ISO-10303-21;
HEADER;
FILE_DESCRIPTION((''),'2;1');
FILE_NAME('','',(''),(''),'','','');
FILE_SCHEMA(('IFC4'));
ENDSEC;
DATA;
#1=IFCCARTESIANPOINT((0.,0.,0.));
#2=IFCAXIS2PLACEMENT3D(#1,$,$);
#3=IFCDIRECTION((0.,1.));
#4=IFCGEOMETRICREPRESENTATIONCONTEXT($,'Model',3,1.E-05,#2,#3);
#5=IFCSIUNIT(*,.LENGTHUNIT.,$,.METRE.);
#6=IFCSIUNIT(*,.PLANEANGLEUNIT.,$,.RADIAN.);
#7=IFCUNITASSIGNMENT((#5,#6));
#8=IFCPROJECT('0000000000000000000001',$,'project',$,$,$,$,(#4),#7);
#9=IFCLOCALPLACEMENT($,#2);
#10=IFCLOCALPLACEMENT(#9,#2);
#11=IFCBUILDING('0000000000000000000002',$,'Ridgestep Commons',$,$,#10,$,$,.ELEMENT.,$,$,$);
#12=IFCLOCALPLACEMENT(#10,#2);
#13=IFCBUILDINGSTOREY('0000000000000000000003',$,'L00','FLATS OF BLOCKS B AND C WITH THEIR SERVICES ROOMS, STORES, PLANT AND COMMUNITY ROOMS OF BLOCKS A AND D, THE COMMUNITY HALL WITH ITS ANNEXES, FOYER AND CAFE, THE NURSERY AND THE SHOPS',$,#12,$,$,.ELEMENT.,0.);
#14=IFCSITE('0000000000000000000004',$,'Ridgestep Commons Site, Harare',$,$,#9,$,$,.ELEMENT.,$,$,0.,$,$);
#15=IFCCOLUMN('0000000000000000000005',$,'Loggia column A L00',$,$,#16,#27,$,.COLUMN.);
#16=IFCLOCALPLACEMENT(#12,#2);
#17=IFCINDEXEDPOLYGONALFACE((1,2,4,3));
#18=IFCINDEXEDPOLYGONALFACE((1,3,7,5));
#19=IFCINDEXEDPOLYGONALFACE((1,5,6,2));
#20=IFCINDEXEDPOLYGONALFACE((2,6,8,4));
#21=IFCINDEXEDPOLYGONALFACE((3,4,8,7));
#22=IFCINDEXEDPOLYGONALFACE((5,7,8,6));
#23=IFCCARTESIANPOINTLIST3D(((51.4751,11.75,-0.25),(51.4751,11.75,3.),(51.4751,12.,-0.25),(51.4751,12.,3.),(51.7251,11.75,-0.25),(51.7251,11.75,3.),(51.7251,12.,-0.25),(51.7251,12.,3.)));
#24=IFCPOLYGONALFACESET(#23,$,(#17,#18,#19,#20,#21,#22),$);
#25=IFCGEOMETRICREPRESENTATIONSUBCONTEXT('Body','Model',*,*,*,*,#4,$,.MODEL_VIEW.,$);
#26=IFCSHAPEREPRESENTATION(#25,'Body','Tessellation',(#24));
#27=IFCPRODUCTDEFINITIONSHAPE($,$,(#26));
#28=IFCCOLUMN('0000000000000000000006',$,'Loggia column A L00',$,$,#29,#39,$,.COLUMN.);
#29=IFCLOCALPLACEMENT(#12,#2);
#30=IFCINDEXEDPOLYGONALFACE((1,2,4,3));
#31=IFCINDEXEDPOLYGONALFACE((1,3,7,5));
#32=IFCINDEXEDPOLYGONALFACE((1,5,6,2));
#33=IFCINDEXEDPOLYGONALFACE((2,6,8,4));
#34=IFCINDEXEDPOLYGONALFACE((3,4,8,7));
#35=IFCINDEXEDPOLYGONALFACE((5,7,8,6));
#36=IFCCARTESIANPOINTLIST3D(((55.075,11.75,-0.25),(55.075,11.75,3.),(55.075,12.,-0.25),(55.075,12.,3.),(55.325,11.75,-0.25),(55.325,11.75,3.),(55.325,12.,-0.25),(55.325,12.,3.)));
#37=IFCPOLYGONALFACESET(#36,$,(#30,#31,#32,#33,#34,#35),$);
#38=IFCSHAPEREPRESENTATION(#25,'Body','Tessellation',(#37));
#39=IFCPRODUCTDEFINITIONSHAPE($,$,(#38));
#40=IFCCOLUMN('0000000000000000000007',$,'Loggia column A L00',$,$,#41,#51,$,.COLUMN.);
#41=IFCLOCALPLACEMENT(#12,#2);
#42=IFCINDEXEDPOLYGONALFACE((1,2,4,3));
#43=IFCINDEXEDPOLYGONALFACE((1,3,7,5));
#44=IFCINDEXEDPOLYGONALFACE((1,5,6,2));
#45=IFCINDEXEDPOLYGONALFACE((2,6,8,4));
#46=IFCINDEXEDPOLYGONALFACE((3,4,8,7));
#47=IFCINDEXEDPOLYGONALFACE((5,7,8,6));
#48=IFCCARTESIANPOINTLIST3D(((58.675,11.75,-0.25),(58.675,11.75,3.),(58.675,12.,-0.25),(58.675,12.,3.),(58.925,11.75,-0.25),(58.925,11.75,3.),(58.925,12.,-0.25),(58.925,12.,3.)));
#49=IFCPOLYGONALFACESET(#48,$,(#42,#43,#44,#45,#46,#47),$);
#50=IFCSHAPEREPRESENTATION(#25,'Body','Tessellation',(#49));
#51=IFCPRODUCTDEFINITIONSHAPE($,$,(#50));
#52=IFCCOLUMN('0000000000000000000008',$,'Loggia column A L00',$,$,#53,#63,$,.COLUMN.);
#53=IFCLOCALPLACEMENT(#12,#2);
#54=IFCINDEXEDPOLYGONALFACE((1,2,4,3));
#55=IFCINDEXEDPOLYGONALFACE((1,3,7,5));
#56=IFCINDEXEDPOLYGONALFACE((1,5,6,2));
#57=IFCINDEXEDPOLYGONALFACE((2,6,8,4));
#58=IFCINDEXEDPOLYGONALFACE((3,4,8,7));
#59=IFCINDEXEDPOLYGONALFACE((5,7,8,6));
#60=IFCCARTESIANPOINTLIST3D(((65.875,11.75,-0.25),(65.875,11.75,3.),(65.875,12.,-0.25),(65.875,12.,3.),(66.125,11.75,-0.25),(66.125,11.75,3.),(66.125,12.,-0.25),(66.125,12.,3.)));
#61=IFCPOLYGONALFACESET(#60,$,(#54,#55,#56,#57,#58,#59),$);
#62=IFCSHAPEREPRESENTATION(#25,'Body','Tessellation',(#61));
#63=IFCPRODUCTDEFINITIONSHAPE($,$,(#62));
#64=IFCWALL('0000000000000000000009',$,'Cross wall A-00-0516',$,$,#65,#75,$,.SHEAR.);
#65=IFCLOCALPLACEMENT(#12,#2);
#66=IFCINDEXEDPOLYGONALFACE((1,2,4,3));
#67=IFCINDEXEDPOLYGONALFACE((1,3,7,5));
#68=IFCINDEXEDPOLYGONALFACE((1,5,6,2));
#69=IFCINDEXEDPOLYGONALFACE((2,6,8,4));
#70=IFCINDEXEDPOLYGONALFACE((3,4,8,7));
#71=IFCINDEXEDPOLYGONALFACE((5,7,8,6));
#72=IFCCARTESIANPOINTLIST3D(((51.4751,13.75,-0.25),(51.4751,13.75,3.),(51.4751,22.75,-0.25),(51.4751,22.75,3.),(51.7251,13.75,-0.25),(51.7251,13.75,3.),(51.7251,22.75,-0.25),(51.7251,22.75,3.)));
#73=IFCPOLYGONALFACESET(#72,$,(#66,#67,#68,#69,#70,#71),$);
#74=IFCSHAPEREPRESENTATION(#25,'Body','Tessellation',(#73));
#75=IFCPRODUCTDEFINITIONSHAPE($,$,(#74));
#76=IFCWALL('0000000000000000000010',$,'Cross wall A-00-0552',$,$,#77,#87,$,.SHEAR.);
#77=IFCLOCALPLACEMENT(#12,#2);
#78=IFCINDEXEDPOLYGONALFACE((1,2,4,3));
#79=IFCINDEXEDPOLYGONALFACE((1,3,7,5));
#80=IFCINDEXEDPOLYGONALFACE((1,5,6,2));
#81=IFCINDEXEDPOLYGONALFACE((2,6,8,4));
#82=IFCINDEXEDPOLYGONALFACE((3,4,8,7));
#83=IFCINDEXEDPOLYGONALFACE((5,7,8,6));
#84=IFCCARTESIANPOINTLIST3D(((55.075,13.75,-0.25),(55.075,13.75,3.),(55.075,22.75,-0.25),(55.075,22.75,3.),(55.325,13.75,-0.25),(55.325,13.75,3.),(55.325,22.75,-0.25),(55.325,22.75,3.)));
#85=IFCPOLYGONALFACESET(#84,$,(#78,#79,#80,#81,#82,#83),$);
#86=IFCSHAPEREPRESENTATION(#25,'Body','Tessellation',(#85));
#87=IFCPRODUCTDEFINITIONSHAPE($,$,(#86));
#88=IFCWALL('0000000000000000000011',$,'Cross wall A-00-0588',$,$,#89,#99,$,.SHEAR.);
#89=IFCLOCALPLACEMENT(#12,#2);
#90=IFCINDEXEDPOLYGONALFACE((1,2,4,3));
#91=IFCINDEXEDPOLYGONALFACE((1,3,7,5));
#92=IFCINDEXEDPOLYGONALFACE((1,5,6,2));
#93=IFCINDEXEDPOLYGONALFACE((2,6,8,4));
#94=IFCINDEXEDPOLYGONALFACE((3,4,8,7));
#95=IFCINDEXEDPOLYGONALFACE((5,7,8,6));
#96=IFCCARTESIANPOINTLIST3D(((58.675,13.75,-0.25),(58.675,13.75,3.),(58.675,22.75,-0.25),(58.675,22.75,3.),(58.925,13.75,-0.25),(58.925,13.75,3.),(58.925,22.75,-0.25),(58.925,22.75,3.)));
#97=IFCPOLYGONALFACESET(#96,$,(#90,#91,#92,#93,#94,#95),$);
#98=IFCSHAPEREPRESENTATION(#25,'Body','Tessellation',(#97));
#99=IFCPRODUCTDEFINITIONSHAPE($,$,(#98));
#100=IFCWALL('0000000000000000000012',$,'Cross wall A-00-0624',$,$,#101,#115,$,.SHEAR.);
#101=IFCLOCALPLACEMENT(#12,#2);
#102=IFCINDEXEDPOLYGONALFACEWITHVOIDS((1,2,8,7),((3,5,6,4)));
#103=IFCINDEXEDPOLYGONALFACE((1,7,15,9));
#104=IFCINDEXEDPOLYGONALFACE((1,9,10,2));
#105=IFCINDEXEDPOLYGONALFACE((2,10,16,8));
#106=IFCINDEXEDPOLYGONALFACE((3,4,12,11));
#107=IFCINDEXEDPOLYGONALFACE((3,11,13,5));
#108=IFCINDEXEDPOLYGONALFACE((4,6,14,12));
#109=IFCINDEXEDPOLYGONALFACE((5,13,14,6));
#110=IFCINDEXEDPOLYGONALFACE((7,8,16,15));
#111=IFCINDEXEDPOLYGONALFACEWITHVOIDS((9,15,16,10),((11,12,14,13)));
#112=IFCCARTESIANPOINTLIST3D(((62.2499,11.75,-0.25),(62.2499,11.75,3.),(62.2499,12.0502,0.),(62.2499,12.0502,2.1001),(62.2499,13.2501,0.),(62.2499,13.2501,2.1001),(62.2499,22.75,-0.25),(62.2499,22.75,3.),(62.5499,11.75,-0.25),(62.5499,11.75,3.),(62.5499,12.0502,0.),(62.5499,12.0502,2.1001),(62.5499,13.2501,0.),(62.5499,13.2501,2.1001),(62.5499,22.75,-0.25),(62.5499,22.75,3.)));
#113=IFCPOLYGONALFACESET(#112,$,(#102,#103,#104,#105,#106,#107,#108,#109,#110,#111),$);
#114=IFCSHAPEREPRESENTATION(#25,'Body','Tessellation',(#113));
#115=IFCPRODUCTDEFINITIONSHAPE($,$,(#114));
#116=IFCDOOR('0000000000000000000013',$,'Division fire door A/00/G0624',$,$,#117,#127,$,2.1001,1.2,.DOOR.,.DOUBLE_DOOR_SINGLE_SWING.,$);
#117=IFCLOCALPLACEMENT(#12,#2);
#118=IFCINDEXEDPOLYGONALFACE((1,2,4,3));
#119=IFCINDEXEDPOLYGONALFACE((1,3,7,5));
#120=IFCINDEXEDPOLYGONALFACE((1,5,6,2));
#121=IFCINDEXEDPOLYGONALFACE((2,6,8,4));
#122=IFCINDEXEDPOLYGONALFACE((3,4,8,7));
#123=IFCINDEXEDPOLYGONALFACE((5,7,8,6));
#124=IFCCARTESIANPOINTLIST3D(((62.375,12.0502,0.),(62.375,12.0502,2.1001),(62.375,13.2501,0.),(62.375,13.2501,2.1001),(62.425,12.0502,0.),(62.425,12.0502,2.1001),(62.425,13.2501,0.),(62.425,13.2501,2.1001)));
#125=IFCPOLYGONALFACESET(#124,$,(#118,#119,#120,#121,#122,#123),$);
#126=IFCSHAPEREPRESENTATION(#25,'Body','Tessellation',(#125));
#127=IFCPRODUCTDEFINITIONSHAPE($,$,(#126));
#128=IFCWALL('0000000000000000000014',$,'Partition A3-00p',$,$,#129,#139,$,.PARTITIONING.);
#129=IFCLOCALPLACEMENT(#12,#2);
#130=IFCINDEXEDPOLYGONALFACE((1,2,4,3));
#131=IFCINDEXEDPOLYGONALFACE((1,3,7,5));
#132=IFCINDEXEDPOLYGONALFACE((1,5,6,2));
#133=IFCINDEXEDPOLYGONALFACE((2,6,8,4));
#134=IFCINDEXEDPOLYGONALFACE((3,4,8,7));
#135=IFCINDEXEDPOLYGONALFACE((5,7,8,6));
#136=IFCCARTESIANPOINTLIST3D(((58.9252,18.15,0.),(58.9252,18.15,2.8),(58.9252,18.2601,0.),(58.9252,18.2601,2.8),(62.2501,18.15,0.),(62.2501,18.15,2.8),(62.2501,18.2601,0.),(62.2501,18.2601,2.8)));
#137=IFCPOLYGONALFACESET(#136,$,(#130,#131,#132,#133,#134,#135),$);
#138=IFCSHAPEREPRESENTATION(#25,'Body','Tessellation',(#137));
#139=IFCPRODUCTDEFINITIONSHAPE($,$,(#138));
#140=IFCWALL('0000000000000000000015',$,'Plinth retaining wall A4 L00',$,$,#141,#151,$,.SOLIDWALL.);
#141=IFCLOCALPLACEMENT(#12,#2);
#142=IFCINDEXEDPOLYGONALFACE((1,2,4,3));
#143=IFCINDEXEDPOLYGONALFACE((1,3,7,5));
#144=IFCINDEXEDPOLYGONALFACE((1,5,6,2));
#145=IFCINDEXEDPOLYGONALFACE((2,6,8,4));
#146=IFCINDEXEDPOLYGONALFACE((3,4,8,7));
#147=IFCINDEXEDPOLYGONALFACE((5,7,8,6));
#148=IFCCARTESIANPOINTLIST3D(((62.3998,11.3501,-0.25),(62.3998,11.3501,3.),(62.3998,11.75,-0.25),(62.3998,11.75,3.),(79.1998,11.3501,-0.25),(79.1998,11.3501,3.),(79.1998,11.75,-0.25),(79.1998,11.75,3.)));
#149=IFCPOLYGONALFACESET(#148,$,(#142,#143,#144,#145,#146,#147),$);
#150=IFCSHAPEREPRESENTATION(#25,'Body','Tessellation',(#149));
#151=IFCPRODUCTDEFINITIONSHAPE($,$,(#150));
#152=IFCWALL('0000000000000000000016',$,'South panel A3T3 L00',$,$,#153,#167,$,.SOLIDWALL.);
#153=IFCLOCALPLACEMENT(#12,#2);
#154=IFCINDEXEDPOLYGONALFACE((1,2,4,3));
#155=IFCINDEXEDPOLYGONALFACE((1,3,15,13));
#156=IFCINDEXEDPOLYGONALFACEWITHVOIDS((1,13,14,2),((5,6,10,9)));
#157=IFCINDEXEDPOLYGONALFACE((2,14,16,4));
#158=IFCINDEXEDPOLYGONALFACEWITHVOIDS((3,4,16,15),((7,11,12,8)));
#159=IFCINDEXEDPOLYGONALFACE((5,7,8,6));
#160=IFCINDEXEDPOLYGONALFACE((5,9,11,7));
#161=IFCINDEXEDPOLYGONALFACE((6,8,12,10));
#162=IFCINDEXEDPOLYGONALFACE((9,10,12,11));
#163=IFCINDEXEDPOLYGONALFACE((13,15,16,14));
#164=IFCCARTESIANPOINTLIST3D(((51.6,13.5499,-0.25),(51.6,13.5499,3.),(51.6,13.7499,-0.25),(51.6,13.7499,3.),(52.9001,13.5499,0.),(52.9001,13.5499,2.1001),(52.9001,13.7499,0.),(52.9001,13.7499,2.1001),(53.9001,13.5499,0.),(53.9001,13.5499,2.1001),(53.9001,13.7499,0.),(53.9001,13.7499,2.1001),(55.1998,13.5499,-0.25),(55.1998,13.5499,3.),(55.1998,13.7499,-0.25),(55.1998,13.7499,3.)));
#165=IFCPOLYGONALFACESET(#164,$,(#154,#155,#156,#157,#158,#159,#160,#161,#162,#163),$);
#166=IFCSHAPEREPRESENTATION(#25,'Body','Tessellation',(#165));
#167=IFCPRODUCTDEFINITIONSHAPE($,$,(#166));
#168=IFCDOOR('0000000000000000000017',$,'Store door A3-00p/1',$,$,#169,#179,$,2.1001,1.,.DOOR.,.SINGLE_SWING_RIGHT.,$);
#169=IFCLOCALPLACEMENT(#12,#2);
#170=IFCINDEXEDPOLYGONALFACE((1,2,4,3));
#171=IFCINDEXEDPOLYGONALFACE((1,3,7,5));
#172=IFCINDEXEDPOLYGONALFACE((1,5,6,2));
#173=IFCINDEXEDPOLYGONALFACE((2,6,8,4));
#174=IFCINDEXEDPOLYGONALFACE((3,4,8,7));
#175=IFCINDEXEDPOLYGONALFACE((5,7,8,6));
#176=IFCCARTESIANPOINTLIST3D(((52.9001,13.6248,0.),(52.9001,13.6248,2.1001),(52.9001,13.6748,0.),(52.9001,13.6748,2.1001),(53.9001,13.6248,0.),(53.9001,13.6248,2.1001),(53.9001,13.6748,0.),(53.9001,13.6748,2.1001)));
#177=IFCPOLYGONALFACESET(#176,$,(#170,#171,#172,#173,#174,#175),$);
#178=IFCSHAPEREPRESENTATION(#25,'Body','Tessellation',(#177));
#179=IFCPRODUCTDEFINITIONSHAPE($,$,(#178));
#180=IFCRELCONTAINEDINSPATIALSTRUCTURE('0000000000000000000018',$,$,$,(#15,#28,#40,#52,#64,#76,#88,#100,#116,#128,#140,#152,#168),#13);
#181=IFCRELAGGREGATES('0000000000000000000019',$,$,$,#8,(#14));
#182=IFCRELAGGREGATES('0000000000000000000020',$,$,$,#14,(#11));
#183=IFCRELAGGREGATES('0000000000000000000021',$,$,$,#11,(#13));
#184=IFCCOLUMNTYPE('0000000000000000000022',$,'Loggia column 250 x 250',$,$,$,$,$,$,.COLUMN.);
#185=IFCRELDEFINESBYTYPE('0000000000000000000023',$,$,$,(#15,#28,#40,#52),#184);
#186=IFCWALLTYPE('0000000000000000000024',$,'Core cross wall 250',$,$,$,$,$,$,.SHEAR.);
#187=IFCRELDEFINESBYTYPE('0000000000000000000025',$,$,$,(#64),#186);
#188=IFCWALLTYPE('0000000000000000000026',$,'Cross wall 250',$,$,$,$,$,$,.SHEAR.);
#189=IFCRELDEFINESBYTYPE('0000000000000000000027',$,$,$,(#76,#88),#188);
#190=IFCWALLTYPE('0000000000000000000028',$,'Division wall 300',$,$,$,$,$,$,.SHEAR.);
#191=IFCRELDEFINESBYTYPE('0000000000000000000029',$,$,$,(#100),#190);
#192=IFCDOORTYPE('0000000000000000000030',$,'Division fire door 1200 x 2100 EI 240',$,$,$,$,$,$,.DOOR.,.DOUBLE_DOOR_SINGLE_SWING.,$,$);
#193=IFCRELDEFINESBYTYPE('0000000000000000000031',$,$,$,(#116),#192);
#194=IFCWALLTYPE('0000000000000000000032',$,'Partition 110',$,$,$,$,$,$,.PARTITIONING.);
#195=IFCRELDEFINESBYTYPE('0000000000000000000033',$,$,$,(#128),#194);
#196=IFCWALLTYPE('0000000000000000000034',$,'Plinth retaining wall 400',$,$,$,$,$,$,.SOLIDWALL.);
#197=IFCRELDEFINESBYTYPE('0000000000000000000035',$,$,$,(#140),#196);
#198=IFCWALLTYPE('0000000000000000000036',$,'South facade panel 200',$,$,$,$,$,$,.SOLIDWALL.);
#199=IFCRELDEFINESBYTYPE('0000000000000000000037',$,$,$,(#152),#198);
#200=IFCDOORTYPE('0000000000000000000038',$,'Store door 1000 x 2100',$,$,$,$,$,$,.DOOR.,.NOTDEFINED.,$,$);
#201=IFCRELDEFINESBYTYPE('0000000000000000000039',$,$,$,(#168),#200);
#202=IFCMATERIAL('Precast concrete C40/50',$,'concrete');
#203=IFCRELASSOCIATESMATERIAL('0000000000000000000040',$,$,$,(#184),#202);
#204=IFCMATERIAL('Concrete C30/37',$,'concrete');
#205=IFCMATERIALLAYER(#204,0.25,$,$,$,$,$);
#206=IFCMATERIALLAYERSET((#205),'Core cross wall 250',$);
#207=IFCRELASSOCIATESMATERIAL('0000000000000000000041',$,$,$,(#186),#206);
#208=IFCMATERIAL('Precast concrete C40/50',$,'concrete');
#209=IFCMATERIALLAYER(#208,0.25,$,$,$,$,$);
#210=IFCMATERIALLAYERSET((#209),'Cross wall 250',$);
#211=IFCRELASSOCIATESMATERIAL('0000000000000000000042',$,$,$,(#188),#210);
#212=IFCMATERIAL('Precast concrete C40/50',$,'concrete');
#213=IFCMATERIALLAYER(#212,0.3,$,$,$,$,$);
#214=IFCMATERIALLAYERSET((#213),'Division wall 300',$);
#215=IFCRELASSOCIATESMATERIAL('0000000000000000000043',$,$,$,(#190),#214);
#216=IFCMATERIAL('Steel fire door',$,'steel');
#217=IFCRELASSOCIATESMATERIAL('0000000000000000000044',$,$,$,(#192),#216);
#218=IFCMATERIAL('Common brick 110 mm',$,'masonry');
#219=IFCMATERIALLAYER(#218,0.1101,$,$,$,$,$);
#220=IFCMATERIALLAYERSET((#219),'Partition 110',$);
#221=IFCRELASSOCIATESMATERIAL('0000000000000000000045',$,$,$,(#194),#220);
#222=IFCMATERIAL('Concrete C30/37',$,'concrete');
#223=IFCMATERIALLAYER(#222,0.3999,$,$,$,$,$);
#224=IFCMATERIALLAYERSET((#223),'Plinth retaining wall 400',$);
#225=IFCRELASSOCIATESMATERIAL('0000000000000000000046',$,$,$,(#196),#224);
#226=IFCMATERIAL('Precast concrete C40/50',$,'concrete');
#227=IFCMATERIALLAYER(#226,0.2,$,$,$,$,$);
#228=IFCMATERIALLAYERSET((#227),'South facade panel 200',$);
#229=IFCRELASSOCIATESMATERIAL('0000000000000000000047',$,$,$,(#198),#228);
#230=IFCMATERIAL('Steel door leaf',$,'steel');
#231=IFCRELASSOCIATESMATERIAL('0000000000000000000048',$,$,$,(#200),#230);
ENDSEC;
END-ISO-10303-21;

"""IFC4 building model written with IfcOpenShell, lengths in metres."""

from ifc_helpers import new_model, si_unit, direction, frame, frame_2d, origin, origin_2d, place, context, subcontext, project, spatial, rectangle, extrude, material, layer, layer_set, material_profile, profile_set, type_object, element, fill, save


model = new_model("IFC4")

# Units and contexts
model_context = context("Model", 3, precision=1e-05, world=origin(), true_north=direction((0.0, 1.0)))
body_context = subcontext(model_context, "Body", "Model", "MODEL_VIEW")
ifc_project = project(units=[si_unit("LENGTHUNIT", "METRE"), si_unit("PLANEANGLEUNIT", "RADIAN")], contexts=[model_context])

# Site, building, storey
site_placement = place(None, origin())
site = spatial("IfcSite", under=ifc_project, at=site_placement, Name="Ridgestep Commons Site, Harare", CompositionType="ELEMENT", RefElevation=0.0)
building_placement = place(site_placement, origin())
building = spatial("IfcBuilding", under=site, at=building_placement, Name="Ridgestep Commons", CompositionType="ELEMENT")
storey_placement = place(building_placement, origin())
storey = spatial("IfcBuildingStorey", under=building, at=storey_placement, Name="L00", Description="FLATS OF BLOCKS B AND C WITH THEIR SERVICES ROOMS, STORES, PLANT AND COMMUNITY ROOMS OF BLOCKS A AND D, THE COMMUNITY HALL WITH ITS ANNEXES, FOYER AND CAFE, THE NURSERY AND THE SHOPS", CompositionType="ELEMENT", Elevation=0.0)

# Columns
ifc_material_1 = material(Name="Precast concrete C40/50", Category="concrete")
ifc_material_profile = material_profile(ifc_material_1, rectangle(XDim=0.25, YDim=0.25, at=origin_2d()), Name="PC 250x250")
ifc_profile_set = profile_set([ifc_material_profile], Name="Precast concrete C40/50")
column_type = type_object("IfcColumnType", Name="Loggia column 250 x 250", PredefinedType="COLUMN", material=ifc_profile_set)
for number, where, z_axis, x_axis, name in (
    (1, (51.6001, 11.875, -0.25), (0.0, 0.0, 1.0), (1.0, 0.0, 0.0), "Loggia column A L00"),
    (2, (55.2, 11.875, -0.25), (0.0, 0.0, 1.0), (1.0, 0.0, 0.0), "Loggia column A L00"),
    (3, (58.8, 11.875, -0.25), (0.0, 0.0, 1.0), (1.0, 0.0, 0.0), "Loggia column A L00"),
    (4, (66.0, 11.875, -0.25), (0.0, 0.0, 1.0), (1.0, 0.0, 0.0), "Loggia column A L00"),
):
    element("IfcColumn", number, at=place(storey_placement, frame(where, z_axis=z_axis, x_axis=x_axis)), inside=storey, type_object=column_type, Name=name, PredefinedType="COLUMN", context=body_context, shape_type="SweptSolid", body=[
        extrude(rectangle(XDim=0.25, YDim=0.25, at=origin_2d()), origin(), (0.0, 0.0, 1.0), 3.25),
    ])

# Walls
ifc_material_2 = material(Name="Concrete C30/37", Category="concrete")
ifc_layer_1 = layer(ifc_material_2, 0.25)
ifc_layer_set_1 = layer_set([ifc_layer_1], Name="Core cross wall 250")
wall_type_1 = type_object("IfcWallType", Name="Core cross wall 250", PredefinedType="SHEAR", material=ifc_layer_set_1)
wall_1_placement = place(storey_placement, frame((51.6001, 13.75, -0.25), z_axis=(0.0, 0.0, 1.0), x_axis=(0.0, 1.0, 0.0)))
element("IfcWall", 5, at=wall_1_placement, inside=storey, type_object=wall_type_1, Name="Cross wall A-00-0516", PredefinedType="SHEAR", context=body_context, shape_type="SweptSolid", body=[
    extrude(rectangle(XDim=9.0, YDim=0.25, at=frame_2d((4.5, 0.0))), origin(), (0.0, 0.0, 1.0), 3.25),
])
ifc_material_3 = material(Name="Precast concrete C40/50", Category="concrete")
ifc_layer_2 = layer(ifc_material_3, 0.25)
ifc_layer_set_2 = layer_set([ifc_layer_2], Name="Cross wall 250")
wall_type_2 = type_object("IfcWallType", Name="Cross wall 250", PredefinedType="SHEAR", material=ifc_layer_set_2)
for number, where, z_axis, x_axis, name in (
    (6, (55.2, 13.75, -0.25), (0.0, 0.0, 1.0), (0.0, 1.0, 0.0), "Cross wall A-00-0552"),
    (7, (58.8, 13.75, -0.25), (0.0, 0.0, 1.0), (0.0, 1.0, 0.0), "Cross wall A-00-0588"),
):
    element("IfcWall", number, at=place(storey_placement, frame(where, z_axis=z_axis, x_axis=x_axis)), inside=storey, type_object=wall_type_2, Name=name, PredefinedType="SHEAR", context=body_context, shape_type="SweptSolid", body=[
        extrude(rectangle(XDim=9.0, YDim=0.25, at=frame_2d((4.5, 0.0))), origin(), (0.0, 0.0, 1.0), 3.25),
    ])

# Wall, opening, door
ifc_material_4 = material(Name="Precast concrete C40/50", Category="concrete")
ifc_layer_3 = layer(ifc_material_4, 0.3)
ifc_layer_set_3 = layer_set([ifc_layer_3], Name="Division wall 300")
wall_type_3 = type_object("IfcWallType", Name="Division wall 300", PredefinedType="SHEAR", material=ifc_layer_set_3)
wall_2_placement = place(storey_placement, frame((62.3999, 11.75, -0.25), z_axis=(0.0, 0.0, 1.0), x_axis=(0.0, 1.0, 0.0)))
wall_2 = element("IfcWall", 8, at=wall_2_placement, inside=storey, type_object=wall_type_3, Name="Cross wall A-00-0624", PredefinedType="SHEAR", context=body_context, shape_type="SweptSolid", body=[
    extrude(rectangle(XDim=11.0, YDim=0.3, at=frame_2d((5.5, 0.0))), origin(), (0.0, 0.0, 1.0), 3.25),
])
opening_1_placement = place(wall_2_placement, frame((0.3, 0.0, 0.25)))
opening_1 = element("IfcOpeningElement", 9, at=opening_1_placement, cuts=wall_2, PredefinedType="OPENING", context=body_context, shape_type="SweptSolid", body=[
    extrude(rectangle(XDim=1.2, YDim=2.1001, at=frame_2d((0.6001, 1.05))), frame((0.0, 0.1599, 0.0), z_axis=(0.0, -1.0, 0.0), x_axis=(1.0, 0.0, 0.0)), (0.0, 0.0, 1.0), 0.3201),
])
ifc_material_5 = material(Name="Steel fire door", Category="steel")
door_type_1 = type_object("IfcDoorType", Name="Division fire door 1200 x 2100 EI 240", OperationType="DOUBLE_DOOR_SINGLE_SWING", PredefinedType="DOOR", material=ifc_material_5)
door_1_placement = place(opening_1_placement, origin())
door_1 = element("IfcDoor", 10, at=door_1_placement, inside=storey, type_object=door_type_1, Name="Division fire door A/00/G0624", OperationType="DOUBLE_DOOR_SINGLE_SWING", OverallHeight=2.1001, OverallWidth=1.2, PredefinedType="DOOR", context=body_context, shape_type="SweptSolid", body=[
    extrude(rectangle(XDim=1.2, YDim=2.1001, at=frame_2d((0.6001, 1.05))), frame((0.0, 0.0249, 0.0), z_axis=(0.0, -1.0, 0.0), x_axis=(1.0, 0.0, 0.0)), (0.0, 0.0, 1.0), 0.05),
])
fill(opening_1, door_1)

# Walls
ifc_material_6 = material(Name="Common brick 110 mm", Category="masonry")
ifc_layer_4 = layer(ifc_material_6, 0.1101)
ifc_layer_set_4 = layer_set([ifc_layer_4], Name="Partition 110")
wall_type_4 = type_object("IfcWallType", Name="Partition 110", PredefinedType="PARTITIONING", material=ifc_layer_set_4)
wall_3_placement = place(storey_placement, frame((58.925, 18.2051, 0.0), z_axis=(0.0, 0.0, 1.0), x_axis=(1.0, 0.0, 0.0)))
element("IfcWall", 11, at=wall_3_placement, inside=storey, type_object=wall_type_4, Name="Partition A3-00p", PredefinedType="PARTITIONING", context=body_context, shape_type="SweptSolid", body=[
    extrude(rectangle(XDim=3.325, YDim=0.1101, at=frame_2d((1.6626, 0.0))), origin(), (0.0, 0.0, 1.0), 2.8),
])
ifc_material_7 = material(Name="Concrete C30/37", Category="concrete")
ifc_layer_5 = layer(ifc_material_7, 0.3999)
ifc_layer_set_5 = layer_set([ifc_layer_5], Name="Plinth retaining wall 400")
wall_type_5 = type_object("IfcWallType", Name="Plinth retaining wall 400", PredefinedType="SOLIDWALL", material=ifc_layer_set_5)
wall_4_placement = place(storey_placement, frame((62.3999, 11.55, -0.25), z_axis=(0.0, 0.0, 1.0), x_axis=(1.0, 0.0, 0.0)))
element("IfcWall", 12, at=wall_4_placement, inside=storey, type_object=wall_type_5, Name="Plinth retaining wall A4 L00", PredefinedType="SOLIDWALL", context=body_context, shape_type="SweptSolid", body=[
    extrude(rectangle(XDim=16.8, YDim=0.3999, at=frame_2d((8.3999, 0.0))), origin(), (0.0, 0.0, 1.0), 3.25),
])

# Wall, opening, door
ifc_material_8 = material(Name="Precast concrete C40/50", Category="concrete")
ifc_layer_6 = layer(ifc_material_8, 0.2)
ifc_layer_set_6 = layer_set([ifc_layer_6], Name="South facade panel 200")
wall_type_6 = type_object("IfcWallType", Name="South facade panel 200", PredefinedType="SOLIDWALL", material=ifc_layer_set_6)
wall_5_placement = place(storey_placement, frame((51.6001, 13.6499, -0.25), z_axis=(0.0, 0.0, 1.0), x_axis=(1.0, 0.0, 0.0)))
wall_5 = element("IfcWall", 13, at=wall_5_placement, inside=storey, type_object=wall_type_6, Name="South panel A3T3 L00", PredefinedType="SOLIDWALL", context=body_context, shape_type="SweptSolid", body=[
    extrude(rectangle(XDim=3.5999, YDim=0.2, at=frame_2d((1.7998, 0.0))), origin(), (0.0, 0.0, 1.0), 3.25),
])
opening_2_placement = place(wall_5_placement, frame((1.3, 0.0, 0.25)))
opening_2 = element("IfcOpeningElement", 14, at=opening_2_placement, cuts=wall_5, PredefinedType="OPENING", context=body_context, shape_type="SweptSolid", body=[
    extrude(rectangle(XDim=1.0, YDim=2.1001, at=frame_2d((0.5, 1.05))), frame((0.0, 0.1099, 0.0), z_axis=(0.0, -1.0, 0.0), x_axis=(1.0, 0.0, 0.0)), (0.0, 0.0, 1.0), 0.22),
])
ifc_material_9 = material(Name="Steel door leaf", Category="steel")
door_type_2 = type_object("IfcDoorType", Name="Store door 1000 x 2100", OperationType="NOTDEFINED", PredefinedType="DOOR", material=ifc_material_9)
door_2_placement = place(opening_2_placement, origin())
door_2 = element("IfcDoor", 15, at=door_2_placement, inside=storey, type_object=door_type_2, Name="Store door A3-00p/1", OperationType="SINGLE_SWING_RIGHT", OverallHeight=2.1001, OverallWidth=1.0, PredefinedType="DOOR", context=body_context, shape_type="SweptSolid", body=[
    extrude(rectangle(XDim=1.0, YDim=2.1001, at=frame_2d((0.5, 1.05))), frame((0.0, 0.0249, 0.0), z_axis=(0.0, -1.0, 0.0), x_axis=(1.0, 0.0, 0.0)), (0.0, 0.0, 1.0), 0.05),
])
fill(opening_2, door_2)

save(model, "model.ifc")
